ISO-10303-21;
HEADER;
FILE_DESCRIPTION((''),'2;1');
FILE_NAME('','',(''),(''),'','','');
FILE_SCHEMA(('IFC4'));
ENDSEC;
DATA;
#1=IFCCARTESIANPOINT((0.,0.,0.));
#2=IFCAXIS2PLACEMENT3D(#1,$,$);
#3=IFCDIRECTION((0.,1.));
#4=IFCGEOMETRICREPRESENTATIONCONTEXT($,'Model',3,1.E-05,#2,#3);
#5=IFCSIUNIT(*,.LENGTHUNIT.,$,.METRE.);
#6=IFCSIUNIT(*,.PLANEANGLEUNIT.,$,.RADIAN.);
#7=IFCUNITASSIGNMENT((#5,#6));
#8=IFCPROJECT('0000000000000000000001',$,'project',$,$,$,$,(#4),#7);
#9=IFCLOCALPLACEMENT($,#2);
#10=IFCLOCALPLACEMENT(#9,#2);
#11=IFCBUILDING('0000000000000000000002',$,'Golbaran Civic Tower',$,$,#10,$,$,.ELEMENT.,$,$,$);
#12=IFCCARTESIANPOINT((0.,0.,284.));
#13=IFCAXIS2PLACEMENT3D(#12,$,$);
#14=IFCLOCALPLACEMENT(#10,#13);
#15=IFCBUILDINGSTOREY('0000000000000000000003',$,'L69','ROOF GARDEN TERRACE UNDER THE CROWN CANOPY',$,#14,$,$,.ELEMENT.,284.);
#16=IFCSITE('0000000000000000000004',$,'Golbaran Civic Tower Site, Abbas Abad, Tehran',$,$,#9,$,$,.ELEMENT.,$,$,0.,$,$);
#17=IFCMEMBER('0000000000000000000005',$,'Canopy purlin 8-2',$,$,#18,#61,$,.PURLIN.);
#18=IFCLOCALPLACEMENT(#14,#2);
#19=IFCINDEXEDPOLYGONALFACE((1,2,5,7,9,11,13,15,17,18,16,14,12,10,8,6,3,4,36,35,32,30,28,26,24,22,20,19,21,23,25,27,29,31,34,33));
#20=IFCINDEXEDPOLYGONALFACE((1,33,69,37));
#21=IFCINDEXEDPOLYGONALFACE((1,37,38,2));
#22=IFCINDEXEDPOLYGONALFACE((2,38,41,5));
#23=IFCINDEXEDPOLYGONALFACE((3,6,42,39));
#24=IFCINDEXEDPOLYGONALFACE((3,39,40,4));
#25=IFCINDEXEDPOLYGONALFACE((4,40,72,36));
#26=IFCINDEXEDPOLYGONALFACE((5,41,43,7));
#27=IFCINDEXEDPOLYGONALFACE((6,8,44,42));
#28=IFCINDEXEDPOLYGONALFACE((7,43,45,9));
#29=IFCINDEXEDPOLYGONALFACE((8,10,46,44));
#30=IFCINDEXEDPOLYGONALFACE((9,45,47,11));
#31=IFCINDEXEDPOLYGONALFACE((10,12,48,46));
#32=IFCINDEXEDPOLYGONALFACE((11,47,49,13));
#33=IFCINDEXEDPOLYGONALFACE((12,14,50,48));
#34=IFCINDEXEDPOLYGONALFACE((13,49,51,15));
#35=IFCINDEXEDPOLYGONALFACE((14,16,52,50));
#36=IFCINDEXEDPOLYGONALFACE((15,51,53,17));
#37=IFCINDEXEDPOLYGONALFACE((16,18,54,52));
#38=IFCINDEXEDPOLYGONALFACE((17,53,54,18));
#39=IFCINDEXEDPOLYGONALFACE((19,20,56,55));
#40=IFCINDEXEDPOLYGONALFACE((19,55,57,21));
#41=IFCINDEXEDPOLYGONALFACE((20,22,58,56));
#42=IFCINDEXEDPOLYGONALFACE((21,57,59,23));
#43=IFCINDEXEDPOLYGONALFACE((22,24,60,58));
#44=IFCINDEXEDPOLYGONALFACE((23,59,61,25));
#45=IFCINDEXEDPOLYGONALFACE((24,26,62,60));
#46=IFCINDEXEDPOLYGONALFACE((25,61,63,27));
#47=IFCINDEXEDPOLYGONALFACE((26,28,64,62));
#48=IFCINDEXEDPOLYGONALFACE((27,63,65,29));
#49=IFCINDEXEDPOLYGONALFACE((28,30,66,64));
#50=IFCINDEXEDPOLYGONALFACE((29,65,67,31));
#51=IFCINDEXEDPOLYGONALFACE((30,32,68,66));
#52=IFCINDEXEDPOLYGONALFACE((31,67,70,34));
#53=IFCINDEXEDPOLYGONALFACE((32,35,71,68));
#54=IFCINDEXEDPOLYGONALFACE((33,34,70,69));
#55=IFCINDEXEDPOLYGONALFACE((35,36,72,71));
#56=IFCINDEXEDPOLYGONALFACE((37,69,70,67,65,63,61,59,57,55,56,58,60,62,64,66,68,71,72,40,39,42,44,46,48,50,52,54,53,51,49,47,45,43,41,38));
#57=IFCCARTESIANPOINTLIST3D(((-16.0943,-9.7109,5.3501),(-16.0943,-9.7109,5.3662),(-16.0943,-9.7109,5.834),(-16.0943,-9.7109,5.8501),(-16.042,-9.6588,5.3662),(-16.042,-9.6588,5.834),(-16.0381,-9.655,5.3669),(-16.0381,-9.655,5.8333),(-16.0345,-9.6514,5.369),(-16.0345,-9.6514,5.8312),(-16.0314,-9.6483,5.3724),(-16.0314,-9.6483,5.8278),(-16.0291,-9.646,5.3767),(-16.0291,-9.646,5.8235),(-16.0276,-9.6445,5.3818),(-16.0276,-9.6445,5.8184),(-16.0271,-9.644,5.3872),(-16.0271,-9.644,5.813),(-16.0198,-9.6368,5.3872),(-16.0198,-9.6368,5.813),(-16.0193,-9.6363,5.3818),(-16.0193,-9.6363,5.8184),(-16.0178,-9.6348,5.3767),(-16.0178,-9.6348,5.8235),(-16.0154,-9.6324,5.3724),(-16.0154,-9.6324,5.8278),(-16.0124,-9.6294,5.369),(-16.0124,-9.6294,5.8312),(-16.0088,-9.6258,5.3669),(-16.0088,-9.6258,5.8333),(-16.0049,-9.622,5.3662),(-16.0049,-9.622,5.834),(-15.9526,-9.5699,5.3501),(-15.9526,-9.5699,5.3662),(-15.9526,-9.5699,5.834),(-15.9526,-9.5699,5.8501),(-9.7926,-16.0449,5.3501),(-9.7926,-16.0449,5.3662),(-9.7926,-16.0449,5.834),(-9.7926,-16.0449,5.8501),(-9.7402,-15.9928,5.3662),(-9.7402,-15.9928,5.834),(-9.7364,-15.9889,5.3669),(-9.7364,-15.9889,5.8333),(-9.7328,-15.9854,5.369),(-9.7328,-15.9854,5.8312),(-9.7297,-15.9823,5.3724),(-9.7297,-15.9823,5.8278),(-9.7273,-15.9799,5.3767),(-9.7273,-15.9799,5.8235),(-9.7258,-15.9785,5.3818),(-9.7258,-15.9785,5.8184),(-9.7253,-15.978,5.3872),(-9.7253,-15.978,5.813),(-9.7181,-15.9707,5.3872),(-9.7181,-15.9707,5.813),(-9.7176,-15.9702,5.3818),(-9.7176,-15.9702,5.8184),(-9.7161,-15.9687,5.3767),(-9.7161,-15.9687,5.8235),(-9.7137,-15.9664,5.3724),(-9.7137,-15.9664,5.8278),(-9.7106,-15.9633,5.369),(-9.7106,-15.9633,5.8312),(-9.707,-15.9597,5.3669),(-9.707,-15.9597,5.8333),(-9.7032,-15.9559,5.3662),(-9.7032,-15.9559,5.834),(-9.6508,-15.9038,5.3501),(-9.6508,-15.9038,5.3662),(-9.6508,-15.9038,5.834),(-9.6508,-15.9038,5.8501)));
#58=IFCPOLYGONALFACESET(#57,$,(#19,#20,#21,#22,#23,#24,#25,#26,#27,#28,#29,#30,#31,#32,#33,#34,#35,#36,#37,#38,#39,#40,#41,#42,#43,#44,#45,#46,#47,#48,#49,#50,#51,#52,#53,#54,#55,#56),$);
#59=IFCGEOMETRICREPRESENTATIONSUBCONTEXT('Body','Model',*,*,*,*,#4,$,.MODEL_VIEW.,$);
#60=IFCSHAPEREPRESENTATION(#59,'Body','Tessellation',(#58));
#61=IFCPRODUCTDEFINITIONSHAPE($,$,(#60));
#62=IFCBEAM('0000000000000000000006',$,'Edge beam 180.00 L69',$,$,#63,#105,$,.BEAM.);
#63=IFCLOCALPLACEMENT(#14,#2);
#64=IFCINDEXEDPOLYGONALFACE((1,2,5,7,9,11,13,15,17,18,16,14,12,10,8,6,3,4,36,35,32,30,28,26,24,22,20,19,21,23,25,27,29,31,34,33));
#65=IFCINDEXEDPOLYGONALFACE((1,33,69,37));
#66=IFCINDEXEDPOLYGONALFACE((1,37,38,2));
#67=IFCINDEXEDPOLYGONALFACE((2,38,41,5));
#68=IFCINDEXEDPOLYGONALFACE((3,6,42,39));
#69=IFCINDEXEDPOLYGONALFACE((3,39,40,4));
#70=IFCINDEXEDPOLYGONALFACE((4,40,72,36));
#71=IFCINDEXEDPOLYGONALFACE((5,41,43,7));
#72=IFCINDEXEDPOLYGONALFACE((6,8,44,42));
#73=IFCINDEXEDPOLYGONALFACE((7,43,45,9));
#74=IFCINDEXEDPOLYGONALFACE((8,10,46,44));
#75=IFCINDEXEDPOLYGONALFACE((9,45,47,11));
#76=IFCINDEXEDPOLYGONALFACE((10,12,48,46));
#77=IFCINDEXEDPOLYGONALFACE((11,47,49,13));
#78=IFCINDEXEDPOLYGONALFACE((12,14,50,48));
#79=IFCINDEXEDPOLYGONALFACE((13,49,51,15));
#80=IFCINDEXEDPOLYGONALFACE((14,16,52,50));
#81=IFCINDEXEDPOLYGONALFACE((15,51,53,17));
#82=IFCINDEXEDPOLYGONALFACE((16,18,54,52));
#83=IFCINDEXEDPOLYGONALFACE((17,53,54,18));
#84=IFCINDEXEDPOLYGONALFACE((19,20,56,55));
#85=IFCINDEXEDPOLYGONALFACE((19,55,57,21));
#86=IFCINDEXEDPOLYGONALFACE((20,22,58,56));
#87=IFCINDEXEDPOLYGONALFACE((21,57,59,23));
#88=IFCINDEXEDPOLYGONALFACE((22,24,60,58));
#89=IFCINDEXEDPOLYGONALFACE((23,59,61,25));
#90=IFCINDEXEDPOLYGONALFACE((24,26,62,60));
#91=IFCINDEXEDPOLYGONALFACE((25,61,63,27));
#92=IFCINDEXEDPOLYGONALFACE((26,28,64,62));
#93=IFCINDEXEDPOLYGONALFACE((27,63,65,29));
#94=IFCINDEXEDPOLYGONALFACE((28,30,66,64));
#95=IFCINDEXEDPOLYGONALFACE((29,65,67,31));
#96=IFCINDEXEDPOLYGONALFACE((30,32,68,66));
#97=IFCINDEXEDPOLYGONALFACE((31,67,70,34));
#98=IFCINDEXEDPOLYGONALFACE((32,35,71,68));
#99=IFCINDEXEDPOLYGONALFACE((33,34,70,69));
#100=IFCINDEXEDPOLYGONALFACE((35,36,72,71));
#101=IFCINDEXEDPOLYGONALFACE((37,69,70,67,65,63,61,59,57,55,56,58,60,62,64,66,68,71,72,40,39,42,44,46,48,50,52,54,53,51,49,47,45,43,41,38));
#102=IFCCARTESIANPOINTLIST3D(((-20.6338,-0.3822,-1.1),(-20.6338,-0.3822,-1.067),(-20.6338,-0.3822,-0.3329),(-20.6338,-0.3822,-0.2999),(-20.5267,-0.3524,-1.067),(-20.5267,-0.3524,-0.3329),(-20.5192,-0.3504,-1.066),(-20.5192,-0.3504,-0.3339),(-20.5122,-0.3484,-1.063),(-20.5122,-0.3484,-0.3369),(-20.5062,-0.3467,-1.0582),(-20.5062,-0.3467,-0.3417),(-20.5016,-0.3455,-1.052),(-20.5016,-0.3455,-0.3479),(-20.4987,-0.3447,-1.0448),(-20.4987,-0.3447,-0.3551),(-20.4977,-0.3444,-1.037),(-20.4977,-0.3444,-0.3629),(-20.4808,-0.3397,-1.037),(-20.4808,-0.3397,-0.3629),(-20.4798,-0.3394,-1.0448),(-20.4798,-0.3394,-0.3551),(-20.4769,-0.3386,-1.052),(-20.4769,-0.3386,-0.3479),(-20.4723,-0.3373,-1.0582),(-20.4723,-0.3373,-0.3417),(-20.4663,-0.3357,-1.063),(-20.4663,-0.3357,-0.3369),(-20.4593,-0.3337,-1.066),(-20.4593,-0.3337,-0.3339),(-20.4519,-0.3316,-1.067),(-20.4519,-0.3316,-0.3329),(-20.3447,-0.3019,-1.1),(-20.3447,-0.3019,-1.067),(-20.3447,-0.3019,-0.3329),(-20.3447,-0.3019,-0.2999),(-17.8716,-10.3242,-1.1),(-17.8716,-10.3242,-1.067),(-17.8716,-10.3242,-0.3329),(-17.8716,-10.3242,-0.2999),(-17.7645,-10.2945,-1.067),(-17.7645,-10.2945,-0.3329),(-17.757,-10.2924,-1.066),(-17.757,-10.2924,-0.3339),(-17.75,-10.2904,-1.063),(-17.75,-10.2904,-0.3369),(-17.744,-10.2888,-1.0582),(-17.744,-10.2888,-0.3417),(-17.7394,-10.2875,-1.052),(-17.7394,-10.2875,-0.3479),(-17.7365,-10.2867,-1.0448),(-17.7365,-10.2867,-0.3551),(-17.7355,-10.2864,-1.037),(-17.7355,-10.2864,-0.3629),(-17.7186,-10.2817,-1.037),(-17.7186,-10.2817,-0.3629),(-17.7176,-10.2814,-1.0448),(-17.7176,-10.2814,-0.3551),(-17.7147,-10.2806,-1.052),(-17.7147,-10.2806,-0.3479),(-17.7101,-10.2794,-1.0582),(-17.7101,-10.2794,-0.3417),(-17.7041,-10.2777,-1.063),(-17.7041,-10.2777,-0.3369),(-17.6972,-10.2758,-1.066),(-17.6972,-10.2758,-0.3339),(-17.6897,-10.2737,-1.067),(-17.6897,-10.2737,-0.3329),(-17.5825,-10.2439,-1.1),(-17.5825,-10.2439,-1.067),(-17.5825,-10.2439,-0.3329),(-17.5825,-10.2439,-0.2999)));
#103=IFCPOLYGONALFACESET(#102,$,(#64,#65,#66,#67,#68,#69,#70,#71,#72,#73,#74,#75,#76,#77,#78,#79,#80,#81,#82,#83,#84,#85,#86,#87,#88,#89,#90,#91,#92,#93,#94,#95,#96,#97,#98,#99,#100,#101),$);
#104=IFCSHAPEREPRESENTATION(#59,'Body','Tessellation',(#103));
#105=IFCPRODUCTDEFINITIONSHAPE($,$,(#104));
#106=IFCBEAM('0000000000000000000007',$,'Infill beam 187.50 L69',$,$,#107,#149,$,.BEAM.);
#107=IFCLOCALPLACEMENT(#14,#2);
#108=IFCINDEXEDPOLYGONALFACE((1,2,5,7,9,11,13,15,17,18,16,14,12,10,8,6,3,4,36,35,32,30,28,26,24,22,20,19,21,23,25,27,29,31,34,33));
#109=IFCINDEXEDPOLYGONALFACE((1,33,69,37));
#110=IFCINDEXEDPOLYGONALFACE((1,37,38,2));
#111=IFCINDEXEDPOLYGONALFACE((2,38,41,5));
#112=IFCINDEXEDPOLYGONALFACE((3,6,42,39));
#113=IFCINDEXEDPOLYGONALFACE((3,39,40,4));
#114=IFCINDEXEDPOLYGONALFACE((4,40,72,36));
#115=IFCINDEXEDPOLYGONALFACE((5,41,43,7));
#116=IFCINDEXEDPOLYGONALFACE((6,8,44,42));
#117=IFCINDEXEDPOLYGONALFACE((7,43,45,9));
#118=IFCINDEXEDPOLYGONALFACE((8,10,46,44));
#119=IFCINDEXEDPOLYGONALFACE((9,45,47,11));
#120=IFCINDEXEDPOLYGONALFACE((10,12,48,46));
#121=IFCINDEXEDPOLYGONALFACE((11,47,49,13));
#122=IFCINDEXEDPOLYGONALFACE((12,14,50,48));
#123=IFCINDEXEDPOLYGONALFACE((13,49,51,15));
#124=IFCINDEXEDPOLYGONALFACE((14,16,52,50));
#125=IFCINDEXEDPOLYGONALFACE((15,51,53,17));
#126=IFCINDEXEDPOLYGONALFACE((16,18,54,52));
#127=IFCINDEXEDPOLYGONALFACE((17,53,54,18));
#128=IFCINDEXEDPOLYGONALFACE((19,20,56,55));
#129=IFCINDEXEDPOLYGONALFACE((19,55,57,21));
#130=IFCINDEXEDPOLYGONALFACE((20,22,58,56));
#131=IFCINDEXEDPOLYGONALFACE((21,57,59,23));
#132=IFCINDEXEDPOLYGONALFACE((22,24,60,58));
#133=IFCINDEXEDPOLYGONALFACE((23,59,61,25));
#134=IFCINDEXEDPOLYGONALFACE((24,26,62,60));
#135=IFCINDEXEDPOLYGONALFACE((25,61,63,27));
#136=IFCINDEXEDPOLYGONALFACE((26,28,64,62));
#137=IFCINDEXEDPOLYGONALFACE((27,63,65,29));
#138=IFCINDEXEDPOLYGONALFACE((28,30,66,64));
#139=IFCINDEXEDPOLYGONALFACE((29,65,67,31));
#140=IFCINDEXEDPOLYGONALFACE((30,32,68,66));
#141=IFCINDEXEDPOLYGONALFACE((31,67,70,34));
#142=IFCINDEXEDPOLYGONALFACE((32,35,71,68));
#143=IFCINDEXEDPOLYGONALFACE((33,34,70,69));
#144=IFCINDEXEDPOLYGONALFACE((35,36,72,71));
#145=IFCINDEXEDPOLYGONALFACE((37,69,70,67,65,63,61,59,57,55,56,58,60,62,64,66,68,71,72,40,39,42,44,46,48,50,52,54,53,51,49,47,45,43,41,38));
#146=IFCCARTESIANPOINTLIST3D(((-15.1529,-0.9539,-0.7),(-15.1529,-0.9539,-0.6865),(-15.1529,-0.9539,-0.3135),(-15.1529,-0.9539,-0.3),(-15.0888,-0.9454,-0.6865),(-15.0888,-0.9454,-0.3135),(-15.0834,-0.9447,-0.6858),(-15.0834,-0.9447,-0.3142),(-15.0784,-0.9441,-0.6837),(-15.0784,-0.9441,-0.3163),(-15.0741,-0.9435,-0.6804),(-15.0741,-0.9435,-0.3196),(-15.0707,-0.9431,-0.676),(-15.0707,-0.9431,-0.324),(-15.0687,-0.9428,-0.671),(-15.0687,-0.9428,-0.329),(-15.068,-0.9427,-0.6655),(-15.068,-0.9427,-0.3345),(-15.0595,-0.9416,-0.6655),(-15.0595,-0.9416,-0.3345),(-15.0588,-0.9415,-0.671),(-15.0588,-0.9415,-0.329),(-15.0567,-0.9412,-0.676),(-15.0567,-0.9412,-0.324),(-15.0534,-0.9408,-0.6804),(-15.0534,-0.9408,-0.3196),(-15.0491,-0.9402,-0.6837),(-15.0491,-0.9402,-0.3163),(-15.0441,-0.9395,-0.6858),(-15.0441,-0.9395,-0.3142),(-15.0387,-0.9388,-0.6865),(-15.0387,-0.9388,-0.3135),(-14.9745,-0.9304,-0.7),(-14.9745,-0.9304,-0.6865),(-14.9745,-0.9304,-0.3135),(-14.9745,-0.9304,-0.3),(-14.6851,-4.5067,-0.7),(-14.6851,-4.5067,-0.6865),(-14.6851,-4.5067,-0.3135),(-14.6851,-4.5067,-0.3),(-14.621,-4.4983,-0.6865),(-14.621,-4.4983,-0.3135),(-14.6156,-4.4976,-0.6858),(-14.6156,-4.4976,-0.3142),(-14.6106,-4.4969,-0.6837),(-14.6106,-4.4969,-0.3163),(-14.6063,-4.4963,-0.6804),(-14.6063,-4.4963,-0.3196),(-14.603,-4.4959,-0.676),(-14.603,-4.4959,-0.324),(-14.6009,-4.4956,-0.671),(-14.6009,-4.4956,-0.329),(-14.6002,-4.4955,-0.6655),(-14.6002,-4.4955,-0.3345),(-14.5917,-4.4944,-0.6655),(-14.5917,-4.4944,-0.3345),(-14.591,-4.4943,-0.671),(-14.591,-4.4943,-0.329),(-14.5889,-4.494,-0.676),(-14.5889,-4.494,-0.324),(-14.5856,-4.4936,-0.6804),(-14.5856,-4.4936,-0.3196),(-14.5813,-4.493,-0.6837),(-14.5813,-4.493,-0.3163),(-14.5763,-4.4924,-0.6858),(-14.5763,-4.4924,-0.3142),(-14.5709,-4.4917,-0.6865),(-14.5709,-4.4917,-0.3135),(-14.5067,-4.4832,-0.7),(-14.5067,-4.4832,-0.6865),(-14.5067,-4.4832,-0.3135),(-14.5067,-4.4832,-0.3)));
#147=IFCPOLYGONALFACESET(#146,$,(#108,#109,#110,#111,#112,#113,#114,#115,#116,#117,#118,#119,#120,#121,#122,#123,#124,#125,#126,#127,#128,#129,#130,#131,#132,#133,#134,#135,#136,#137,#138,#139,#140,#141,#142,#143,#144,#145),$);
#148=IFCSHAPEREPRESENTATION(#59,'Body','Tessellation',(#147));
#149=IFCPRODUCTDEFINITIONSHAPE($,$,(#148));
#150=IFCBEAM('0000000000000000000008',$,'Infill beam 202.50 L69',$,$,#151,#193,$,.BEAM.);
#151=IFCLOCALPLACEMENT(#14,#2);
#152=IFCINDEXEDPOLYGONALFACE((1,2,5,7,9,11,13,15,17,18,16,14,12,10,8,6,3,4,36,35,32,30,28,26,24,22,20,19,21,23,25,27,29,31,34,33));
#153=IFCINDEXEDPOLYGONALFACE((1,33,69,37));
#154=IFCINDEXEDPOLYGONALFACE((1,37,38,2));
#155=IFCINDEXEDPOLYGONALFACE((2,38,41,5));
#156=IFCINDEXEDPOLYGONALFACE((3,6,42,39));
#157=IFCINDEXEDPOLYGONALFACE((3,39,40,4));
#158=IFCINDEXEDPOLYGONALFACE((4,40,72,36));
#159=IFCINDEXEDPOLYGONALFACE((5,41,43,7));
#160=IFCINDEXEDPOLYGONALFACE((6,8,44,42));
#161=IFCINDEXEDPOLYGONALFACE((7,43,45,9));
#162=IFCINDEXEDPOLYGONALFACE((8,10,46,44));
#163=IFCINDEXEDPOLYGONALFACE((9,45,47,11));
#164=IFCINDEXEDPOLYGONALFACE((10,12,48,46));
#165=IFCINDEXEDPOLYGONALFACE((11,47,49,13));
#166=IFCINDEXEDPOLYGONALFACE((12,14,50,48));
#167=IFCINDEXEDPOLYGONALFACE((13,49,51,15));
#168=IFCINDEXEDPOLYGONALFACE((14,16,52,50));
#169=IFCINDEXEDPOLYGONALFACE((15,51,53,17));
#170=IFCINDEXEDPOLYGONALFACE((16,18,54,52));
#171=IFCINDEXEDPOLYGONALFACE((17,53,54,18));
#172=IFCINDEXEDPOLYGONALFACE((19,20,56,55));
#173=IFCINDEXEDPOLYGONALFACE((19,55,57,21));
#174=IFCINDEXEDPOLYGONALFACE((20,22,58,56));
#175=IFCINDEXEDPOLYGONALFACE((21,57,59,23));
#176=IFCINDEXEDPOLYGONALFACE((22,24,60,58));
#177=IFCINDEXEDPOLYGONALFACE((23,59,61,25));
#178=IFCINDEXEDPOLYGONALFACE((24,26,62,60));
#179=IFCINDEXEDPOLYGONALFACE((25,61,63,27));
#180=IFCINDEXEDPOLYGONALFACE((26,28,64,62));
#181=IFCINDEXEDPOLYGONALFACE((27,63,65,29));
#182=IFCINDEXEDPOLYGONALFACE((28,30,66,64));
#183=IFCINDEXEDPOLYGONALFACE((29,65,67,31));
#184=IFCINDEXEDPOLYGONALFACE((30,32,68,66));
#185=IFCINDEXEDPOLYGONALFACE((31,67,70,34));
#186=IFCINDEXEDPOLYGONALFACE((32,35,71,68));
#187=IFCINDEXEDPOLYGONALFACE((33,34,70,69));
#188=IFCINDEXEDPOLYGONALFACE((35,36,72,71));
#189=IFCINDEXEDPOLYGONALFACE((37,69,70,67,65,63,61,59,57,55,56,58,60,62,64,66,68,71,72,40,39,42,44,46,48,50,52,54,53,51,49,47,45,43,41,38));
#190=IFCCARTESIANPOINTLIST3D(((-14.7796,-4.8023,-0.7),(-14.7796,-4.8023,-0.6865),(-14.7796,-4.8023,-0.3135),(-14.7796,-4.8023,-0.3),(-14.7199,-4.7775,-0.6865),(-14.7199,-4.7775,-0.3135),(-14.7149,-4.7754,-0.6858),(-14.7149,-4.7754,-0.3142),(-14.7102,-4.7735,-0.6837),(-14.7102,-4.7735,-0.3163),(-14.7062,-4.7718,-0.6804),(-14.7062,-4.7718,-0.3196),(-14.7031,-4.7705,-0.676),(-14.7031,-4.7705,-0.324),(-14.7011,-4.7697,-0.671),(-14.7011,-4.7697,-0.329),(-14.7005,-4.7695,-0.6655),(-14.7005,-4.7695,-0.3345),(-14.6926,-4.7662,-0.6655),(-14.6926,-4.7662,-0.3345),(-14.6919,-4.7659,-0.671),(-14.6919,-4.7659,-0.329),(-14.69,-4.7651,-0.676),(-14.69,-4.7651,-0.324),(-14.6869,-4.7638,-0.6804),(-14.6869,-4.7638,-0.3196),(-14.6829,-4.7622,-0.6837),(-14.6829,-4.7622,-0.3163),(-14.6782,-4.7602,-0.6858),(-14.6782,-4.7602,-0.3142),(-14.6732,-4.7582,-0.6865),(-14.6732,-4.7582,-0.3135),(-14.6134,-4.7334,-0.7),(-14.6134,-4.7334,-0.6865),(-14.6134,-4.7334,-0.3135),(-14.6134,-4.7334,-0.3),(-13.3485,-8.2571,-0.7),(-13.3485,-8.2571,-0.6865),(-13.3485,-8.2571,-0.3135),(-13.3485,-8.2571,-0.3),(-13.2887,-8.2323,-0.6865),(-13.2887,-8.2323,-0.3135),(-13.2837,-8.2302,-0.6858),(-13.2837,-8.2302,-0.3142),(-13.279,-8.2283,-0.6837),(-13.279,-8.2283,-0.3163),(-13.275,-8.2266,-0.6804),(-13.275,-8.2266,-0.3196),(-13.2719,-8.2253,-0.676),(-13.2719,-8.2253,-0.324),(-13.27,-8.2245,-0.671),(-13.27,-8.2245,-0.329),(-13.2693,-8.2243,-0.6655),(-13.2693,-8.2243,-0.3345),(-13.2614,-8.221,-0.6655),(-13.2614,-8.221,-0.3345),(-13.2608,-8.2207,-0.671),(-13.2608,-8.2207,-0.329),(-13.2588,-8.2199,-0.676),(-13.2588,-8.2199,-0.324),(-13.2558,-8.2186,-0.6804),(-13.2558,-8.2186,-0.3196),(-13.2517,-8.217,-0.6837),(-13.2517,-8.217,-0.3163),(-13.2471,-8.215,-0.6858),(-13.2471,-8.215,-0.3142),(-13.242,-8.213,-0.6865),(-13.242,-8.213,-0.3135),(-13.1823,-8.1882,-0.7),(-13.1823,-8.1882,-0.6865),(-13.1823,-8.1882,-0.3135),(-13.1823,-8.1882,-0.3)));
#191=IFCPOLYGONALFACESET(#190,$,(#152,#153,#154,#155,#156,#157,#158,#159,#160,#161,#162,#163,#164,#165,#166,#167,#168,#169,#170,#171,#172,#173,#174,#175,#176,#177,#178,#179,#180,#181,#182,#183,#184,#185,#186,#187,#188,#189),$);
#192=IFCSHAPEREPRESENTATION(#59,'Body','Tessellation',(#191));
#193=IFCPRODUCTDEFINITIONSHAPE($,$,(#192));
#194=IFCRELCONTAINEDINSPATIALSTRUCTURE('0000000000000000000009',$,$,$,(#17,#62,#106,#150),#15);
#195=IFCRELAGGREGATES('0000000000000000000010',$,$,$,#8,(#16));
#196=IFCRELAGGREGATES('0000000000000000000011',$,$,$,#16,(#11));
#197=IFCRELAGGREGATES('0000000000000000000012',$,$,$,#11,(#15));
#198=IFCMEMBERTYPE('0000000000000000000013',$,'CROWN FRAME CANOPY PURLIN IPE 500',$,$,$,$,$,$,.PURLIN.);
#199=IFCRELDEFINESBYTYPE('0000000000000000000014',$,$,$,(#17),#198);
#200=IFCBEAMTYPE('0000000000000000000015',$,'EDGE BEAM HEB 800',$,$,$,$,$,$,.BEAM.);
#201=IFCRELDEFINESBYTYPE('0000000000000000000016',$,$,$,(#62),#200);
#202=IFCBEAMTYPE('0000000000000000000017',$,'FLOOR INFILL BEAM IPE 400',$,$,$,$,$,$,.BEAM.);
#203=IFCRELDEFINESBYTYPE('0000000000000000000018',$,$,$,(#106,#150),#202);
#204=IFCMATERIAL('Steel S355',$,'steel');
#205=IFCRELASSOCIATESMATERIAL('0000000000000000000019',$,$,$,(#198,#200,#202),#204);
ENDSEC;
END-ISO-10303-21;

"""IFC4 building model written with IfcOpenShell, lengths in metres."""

from ifc_helpers import new_model, si_unit, direction, frame, origin, origin_2d, place, context, subcontext, project, spatial, i_section, extrude, material, material_profile, profile_set, type_object, element, save


model = new_model("IFC4")

# Units and contexts
model_context = context("Model", 3, precision=1e-05, world=origin(), true_north=direction((0.0, 1.0)))
body_context = subcontext(model_context, "Body", "Model", "MODEL_VIEW")
ifc_project = project(units=[si_unit("LENGTHUNIT", "METRE"), si_unit("PLANEANGLEUNIT", "RADIAN")], contexts=[model_context])

# Site, building, storey
site_placement = place(None, origin())
site = spatial("IfcSite", under=ifc_project, at=site_placement, Name="Golbaran Civic Tower Site, Abbas Abad, Tehran", CompositionType="ELEMENT", RefElevation=0.0)
building_placement = place(site_placement, origin())
building = spatial("IfcBuilding", under=site, at=building_placement, Name="Golbaran Civic Tower", CompositionType="ELEMENT")
storey_placement = place(building_placement, frame((0.0, 0.0, 284.0)))
storey = spatial("IfcBuildingStorey", under=building, at=storey_placement, Name="L69", Description="ROOF GARDEN TERRACE UNDER THE CROWN CANOPY", CompositionType="ELEMENT", Elevation=284.0)

# Member
ifc_material_1 = material(Name="Steel S355", Category="steel")
ifc_material_profile_1 = material_profile(ifc_material_1, i_section(OverallWidth=0.2, OverallDepth=0.5, WebThickness=0.0103, FlangeThickness=0.0161, FilletRadius=0.021, at=origin_2d()), Name="IPE 500")
ifc_profile_set_1 = profile_set([ifc_material_profile_1], Name="Steel S355")
member_type_1 = type_object("IfcMemberType", Name="CROWN FRAME CANOPY PURLIN IPE 500", PredefinedType="PURLIN", material=ifc_profile_set_1)
member_1_placement = place(storey_placement, frame((-16.0234, -9.6404, 5.6001), z_axis=(0.705301, -0.708908, 0.0), x_axis=(0.708908, 0.705301, 0.0)))
element("IfcMember", 1, at=member_1_placement, inside=storey, type_object=member_type_1, Name="Canopy purlin 8-2", PredefinedType="PURLIN", context=body_context, shape_type="SweptSolid", body=[
    extrude(i_section(OverallWidth=0.2, OverallDepth=0.5, WebThickness=0.0103, FlangeThickness=0.0161, FilletRadius=0.021, at=origin_2d()), origin(), (0.0, 0.0, 1.0), 8.9348),
])

# Beams
ifc_material_profile_2 = material_profile(ifc_material_1, i_section(OverallWidth=0.3, OverallDepth=0.8, WebThickness=0.0176, FlangeThickness=0.033, FilletRadius=0.03, at=origin_2d()), Name="HEB 800")
ifc_profile_set_2 = profile_set([ifc_material_profile_2], Name="Steel S355")
beam_type_1 = type_object("IfcBeamType", Name="EDGE BEAM HEB 800", PredefinedType="BEAM", material=ifc_profile_set_2)
beam_1_placement = place(storey_placement, frame((-20.4893, -0.342, -0.7), z_axis=(0.267689, -0.963505, 0.0), x_axis=(0.963505, 0.267689, 0.0)))
element("IfcBeam", 2, at=beam_1_placement, inside=storey, type_object=beam_type_1, Name="Edge beam 180.00 L69", PredefinedType="BEAM", context=body_context, shape_type="SweptSolid", body=[
    extrude(i_section(OverallWidth=0.3, OverallDepth=0.8, WebThickness=0.0176, FlangeThickness=0.033, FilletRadius=0.03, at=origin_2d()), origin(), (0.0, 0.0, 1.0), 10.3186),
])
ifc_material_profile_3 = material_profile(ifc_material_1, i_section(OverallWidth=0.1799, OverallDepth=0.3999, WebThickness=0.0085, FlangeThickness=0.0134, FilletRadius=0.021, at=origin_2d()), Name="IPE 400")
ifc_profile_set_3 = profile_set([ifc_material_profile_3], Name="Steel S355")
beam_type_2 = type_object("IfcBeamType", Name="FLOOR INFILL BEAM IPE 400", PredefinedType="BEAM", material=ifc_profile_set_3)
beam_2_placement = place(storey_placement, frame((-15.0637, -0.9421, -0.5), z_axis=(0.130539, -0.991443, 0.0), x_axis=(0.991443, 0.130539, 0.0)))
element("IfcBeam", 3, at=beam_2_placement, inside=storey, type_object=beam_type_2, Name="Infill beam 187.50 L69", PredefinedType="BEAM", context=body_context, shape_type="SweptSolid", body=[
    extrude(i_section(OverallWidth=0.1799, OverallDepth=0.3999, WebThickness=0.0085, FlangeThickness=0.0134, FilletRadius=0.021, at=origin_2d()), origin(), (0.0, 0.0, 1.0), 3.5835),
])
beam_3_placement = place(storey_placement, frame((-14.6965, -4.7678, -0.5), z_axis=(0.382709, -0.923869, 0.0), x_axis=(0.923869, 0.382709, 0.0)))
element("IfcBeam", 4, at=beam_3_placement, inside=storey, type_object=beam_type_2, Name="Infill beam 202.50 L69", PredefinedType="BEAM", context=body_context, shape_type="SweptSolid", body=[
    extrude(i_section(OverallWidth=0.1799, OverallDepth=0.3999, WebThickness=0.0085, FlangeThickness=0.0134, FilletRadius=0.021, at=origin_2d()), origin(), (0.0, 0.0, 1.0), 3.7395),
])

save(model, "model.ifc")
